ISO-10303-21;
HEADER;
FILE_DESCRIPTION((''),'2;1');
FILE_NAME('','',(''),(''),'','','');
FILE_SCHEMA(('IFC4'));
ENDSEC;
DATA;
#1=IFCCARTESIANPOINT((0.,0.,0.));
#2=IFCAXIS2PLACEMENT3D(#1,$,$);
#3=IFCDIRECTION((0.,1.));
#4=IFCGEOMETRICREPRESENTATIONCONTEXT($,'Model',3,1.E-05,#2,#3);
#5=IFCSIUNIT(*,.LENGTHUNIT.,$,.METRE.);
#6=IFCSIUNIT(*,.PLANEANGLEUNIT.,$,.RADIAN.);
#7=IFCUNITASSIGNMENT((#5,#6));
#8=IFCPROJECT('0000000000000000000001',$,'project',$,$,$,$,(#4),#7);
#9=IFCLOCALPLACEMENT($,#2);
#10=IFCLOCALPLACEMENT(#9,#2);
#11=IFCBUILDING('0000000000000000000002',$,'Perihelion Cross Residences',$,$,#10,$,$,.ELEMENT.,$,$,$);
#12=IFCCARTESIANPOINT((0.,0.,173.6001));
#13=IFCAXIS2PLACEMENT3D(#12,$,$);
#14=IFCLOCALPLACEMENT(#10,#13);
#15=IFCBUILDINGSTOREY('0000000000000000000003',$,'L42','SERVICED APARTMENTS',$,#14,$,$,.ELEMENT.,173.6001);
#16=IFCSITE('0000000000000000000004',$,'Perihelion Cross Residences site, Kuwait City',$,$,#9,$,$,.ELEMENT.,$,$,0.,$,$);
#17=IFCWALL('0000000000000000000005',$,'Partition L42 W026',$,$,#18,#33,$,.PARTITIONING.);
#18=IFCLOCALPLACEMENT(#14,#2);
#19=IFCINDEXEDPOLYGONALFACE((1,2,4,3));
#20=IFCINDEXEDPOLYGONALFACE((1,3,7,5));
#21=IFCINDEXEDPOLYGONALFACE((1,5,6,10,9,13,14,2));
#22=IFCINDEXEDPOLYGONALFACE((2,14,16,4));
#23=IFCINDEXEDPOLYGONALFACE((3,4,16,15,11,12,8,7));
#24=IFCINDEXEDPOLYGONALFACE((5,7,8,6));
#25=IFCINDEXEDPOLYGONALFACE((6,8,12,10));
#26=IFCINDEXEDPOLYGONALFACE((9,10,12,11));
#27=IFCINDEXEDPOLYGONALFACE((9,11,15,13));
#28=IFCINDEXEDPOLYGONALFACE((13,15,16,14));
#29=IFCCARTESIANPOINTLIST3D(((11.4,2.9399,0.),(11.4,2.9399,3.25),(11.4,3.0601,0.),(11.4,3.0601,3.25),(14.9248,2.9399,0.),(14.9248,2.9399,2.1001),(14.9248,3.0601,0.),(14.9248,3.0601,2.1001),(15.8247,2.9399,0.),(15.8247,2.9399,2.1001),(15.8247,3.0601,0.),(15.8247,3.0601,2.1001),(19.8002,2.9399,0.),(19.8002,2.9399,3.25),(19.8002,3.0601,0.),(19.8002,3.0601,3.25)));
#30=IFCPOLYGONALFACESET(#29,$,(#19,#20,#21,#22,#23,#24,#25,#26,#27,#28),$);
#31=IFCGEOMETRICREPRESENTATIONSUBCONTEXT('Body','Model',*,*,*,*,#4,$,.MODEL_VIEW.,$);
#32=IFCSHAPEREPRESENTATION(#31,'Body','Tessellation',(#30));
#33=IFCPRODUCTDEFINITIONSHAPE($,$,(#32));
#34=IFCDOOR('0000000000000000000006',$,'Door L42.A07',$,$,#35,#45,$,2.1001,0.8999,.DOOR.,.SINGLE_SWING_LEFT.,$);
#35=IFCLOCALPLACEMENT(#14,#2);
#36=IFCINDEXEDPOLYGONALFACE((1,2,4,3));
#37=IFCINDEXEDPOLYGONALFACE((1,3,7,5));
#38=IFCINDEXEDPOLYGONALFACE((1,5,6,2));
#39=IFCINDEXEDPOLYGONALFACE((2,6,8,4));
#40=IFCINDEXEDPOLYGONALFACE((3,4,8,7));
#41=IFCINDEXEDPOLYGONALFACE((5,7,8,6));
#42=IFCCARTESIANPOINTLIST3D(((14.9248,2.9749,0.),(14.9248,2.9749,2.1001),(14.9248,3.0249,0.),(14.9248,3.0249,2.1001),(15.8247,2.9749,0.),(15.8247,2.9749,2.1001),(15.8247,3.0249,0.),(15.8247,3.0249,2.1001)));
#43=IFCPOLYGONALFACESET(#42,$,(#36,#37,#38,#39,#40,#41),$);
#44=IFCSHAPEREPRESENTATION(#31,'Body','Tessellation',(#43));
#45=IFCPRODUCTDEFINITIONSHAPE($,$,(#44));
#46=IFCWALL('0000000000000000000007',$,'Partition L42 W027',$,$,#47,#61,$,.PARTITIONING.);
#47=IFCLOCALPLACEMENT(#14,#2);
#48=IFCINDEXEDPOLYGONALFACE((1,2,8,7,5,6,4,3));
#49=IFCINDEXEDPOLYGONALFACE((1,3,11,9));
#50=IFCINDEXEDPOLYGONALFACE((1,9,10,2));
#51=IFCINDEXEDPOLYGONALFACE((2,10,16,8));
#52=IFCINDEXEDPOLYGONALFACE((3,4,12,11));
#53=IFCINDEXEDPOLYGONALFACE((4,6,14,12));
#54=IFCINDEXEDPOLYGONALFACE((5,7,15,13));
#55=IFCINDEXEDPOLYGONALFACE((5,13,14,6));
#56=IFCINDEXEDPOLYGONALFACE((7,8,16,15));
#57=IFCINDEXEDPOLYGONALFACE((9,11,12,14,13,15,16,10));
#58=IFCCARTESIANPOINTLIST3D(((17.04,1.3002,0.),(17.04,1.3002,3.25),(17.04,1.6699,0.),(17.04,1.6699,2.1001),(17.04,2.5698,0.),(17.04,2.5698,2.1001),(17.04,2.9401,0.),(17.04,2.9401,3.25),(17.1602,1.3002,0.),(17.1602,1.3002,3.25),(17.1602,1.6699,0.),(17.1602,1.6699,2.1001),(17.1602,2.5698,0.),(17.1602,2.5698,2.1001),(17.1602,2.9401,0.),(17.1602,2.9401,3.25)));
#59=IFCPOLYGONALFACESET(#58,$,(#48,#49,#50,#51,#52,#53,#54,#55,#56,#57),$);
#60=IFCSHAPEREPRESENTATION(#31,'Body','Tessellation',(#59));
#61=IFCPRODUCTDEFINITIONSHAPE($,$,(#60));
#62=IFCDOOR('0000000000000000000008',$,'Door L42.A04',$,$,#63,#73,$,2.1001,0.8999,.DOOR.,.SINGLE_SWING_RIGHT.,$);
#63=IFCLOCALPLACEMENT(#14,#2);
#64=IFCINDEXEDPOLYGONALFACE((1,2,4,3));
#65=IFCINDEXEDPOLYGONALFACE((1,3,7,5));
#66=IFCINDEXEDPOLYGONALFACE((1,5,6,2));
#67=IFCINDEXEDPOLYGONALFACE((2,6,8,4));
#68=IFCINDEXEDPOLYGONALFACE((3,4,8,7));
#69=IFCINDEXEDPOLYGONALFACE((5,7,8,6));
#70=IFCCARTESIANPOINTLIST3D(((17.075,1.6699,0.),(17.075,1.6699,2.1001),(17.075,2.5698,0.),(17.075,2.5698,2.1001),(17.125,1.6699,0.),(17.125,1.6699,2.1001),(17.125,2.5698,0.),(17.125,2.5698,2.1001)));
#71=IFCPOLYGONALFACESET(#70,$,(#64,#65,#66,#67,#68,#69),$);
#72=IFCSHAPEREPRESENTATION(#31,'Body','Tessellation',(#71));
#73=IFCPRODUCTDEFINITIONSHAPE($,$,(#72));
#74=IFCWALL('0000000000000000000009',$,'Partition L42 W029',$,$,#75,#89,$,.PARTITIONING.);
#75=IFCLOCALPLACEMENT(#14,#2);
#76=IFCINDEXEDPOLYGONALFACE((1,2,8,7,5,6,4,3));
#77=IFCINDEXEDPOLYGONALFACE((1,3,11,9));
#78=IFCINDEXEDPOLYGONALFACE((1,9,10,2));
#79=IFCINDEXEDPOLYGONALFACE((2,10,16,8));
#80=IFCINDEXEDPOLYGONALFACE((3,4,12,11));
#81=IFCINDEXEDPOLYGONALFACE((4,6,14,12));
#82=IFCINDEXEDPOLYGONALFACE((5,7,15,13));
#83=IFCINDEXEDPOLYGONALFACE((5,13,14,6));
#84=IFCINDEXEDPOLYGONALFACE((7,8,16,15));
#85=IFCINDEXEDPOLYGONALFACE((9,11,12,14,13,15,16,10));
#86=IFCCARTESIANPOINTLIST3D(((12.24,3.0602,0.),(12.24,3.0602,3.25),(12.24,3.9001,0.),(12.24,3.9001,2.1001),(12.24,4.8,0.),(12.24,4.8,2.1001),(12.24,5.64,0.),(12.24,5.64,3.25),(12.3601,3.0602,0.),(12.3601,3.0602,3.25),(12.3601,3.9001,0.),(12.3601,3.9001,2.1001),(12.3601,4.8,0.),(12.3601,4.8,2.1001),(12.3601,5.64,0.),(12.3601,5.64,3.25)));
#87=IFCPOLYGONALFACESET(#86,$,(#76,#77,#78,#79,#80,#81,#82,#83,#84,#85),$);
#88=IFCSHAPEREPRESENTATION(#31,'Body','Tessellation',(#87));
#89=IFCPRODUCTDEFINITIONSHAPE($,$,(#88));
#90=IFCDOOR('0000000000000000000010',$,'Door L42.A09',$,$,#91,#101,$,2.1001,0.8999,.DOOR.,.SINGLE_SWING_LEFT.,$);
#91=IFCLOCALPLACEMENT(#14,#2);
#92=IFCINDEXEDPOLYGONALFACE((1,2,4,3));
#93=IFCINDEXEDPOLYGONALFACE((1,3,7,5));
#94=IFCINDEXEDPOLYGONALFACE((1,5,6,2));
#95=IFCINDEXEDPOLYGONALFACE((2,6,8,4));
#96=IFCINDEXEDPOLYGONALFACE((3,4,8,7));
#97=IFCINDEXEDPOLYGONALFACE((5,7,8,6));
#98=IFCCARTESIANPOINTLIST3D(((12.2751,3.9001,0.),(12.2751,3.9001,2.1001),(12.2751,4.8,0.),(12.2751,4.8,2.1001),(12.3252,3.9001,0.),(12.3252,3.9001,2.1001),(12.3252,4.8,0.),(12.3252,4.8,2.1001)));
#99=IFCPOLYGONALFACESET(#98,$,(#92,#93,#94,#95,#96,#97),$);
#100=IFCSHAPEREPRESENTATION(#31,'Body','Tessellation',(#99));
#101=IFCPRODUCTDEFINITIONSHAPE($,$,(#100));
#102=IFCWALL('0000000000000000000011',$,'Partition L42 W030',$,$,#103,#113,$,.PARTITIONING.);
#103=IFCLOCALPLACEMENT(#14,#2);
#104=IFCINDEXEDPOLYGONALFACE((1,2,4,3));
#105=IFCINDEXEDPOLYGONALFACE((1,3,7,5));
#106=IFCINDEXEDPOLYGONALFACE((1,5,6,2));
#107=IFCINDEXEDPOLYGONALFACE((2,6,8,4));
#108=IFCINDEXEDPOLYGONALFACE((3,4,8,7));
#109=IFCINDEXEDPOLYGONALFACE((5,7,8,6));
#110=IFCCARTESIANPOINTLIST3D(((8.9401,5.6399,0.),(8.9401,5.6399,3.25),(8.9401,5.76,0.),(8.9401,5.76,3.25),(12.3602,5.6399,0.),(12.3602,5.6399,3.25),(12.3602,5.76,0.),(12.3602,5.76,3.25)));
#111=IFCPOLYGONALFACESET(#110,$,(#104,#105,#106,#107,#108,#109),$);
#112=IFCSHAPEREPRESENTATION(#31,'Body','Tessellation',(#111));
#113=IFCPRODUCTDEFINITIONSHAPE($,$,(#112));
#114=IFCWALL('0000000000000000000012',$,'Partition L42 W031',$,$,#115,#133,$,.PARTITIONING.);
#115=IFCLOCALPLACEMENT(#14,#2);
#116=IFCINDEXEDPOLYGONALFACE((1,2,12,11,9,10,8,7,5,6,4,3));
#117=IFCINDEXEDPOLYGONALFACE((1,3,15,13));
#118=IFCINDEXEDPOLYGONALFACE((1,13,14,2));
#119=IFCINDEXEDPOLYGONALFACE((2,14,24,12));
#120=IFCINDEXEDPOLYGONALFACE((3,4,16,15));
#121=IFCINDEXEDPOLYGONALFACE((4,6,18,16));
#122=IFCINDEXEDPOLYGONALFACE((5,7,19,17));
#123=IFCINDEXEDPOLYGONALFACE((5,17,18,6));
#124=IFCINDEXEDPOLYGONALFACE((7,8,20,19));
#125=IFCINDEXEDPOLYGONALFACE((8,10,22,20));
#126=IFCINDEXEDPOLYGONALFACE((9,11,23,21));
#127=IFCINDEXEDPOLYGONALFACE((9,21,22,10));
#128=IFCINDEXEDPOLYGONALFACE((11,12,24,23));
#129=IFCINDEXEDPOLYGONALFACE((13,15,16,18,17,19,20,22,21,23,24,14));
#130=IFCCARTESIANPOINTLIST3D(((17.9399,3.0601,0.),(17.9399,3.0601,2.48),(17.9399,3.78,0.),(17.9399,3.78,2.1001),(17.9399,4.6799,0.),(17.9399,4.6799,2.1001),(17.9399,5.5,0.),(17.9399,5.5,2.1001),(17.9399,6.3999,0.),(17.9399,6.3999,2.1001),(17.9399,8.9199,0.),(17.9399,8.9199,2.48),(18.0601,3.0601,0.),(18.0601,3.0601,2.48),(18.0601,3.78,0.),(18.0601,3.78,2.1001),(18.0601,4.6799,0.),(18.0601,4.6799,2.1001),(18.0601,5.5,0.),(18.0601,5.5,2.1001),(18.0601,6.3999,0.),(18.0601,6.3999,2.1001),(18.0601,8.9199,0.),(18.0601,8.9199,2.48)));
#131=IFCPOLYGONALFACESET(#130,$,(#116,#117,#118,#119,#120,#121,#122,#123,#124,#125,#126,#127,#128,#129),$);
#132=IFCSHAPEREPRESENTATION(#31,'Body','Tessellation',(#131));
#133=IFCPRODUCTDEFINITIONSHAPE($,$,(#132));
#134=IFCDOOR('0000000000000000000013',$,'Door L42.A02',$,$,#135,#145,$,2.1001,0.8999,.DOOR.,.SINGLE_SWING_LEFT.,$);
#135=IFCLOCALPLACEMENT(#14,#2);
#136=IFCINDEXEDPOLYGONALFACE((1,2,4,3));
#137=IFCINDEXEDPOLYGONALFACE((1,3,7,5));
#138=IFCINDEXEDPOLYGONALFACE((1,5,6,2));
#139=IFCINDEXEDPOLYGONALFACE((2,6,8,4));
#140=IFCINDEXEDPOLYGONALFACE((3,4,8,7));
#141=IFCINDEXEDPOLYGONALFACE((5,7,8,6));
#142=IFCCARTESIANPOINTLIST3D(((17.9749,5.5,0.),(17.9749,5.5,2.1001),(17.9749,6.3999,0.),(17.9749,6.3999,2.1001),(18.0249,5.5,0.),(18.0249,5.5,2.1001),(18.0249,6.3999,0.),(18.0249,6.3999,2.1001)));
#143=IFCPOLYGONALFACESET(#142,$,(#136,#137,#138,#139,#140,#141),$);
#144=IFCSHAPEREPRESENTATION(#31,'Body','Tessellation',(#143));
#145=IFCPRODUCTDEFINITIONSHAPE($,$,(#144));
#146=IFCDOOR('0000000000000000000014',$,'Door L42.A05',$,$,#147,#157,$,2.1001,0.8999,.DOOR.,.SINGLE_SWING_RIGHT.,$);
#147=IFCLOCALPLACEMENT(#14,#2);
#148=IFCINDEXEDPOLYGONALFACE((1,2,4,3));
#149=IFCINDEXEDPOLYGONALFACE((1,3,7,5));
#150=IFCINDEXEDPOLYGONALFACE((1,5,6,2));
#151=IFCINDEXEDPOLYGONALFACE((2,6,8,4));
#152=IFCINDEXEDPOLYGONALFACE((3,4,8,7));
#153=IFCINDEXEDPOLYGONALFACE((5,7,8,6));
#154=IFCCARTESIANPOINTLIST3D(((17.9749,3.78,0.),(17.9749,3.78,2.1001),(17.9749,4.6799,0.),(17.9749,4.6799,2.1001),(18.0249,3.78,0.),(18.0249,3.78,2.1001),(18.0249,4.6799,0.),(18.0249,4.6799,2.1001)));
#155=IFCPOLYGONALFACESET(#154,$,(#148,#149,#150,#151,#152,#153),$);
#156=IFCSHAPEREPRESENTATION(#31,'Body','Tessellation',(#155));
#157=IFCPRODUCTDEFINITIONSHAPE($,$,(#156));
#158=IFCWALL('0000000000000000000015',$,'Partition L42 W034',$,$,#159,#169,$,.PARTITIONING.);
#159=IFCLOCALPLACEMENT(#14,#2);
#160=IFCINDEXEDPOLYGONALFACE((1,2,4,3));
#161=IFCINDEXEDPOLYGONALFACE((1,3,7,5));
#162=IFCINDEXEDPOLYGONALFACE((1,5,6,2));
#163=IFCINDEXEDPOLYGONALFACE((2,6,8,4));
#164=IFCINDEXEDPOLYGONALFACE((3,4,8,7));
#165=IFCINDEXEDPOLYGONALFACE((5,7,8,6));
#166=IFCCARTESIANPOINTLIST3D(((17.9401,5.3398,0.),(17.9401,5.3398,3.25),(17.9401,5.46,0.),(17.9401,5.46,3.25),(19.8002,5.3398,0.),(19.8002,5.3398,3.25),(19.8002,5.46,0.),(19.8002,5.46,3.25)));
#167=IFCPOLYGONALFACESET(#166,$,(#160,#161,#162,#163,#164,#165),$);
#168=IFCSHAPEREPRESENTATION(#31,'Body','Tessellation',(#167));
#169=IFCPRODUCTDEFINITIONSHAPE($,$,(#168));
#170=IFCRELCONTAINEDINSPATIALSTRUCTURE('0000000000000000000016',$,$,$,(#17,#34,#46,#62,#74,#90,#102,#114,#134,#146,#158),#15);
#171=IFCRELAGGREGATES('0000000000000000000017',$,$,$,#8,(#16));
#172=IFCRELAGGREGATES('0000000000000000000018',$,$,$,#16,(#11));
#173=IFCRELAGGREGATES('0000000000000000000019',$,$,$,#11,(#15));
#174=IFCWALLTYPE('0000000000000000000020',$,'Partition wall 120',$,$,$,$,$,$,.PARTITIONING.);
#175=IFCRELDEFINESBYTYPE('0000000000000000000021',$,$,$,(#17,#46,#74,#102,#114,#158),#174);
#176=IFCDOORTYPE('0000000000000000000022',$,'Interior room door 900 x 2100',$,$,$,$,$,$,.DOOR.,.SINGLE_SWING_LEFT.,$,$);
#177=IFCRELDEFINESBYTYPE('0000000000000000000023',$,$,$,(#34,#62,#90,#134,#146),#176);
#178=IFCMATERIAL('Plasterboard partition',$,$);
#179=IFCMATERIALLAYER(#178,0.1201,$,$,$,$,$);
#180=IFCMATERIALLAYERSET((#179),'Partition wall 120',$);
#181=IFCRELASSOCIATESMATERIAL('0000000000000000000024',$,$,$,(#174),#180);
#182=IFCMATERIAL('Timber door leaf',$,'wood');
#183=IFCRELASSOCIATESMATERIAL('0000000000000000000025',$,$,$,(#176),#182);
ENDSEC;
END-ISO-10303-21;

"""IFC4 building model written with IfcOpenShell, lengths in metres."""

from ifc_helpers import new_model, si_unit, direction, frame, frame_2d, origin, place, context, subcontext, project, spatial, rectangle, extrude, material, layer, layer_set, type_object, element, fill, save


model = new_model("IFC4")

# Units and contexts
model_context = context("Model", 3, precision=1e-05, world=origin(), true_north=direction((0.0, 1.0)))
body_context = subcontext(model_context, "Body", "Model", "MODEL_VIEW")
ifc_project = project(units=[si_unit("LENGTHUNIT", "METRE"), si_unit("PLANEANGLEUNIT", "RADIAN")], contexts=[model_context])

# Site, building, storey
site_placement = place(None, origin())
site = spatial("IfcSite", under=ifc_project, at=site_placement, Name="Perihelion Cross Residences site, Kuwait City", CompositionType="ELEMENT", RefElevation=0.0)
building_placement = place(site_placement, origin())
building = spatial("IfcBuilding", under=site, at=building_placement, Name="Perihelion Cross Residences", CompositionType="ELEMENT")
storey_placement = place(building_placement, frame((0.0, 0.0, 173.6001)))
storey = spatial("IfcBuildingStorey", under=building, at=storey_placement, Name="L42", Description="SERVICED APARTMENTS", CompositionType="ELEMENT", Elevation=173.6001)

# Walls, openings, doors
ifc_material_1 = material(Name="Plasterboard partition")
ifc_layer_1 = layer(ifc_material_1, 0.1201)
ifc_layer_set_1 = layer_set([ifc_layer_1], Name="Partition wall 120")
wall_type_1 = type_object("IfcWallType", Name="Partition wall 120", PredefinedType="PARTITIONING", material=ifc_layer_set_1)
ifc_material_2 = material(Name="Timber door leaf", Category="wood")
door_type_1 = type_object("IfcDoorType", Name="Interior room door 900 x 2100", OperationType="SINGLE_SWING_LEFT", PredefinedType="DOOR", material=ifc_material_2)
wall_1_placement = place(storey_placement, frame((11.3999, 3.0, 0.0), z_axis=(0.0, 0.0, 1.0), x_axis=(1.0, 0.0, 0.0)))
wall_1 = element("IfcWall", 1, at=wall_1_placement, inside=storey, type_object=wall_type_1, Name="Partition L42 W026", PredefinedType="PARTITIONING", context=body_context, shape_type="SweptSolid", body=[
    extrude(rectangle(XDim=8.4001, YDim=0.1201, at=frame_2d((4.2002, 0.0))), origin(), (0.0, 0.0, 1.0), 3.25),
])
opening_1_placement = place(wall_1_placement, frame((3.5249, 0.0, 0.0)))
opening_1 = element("IfcOpeningElement", 2, at=opening_1_placement, cuts=wall_1, PredefinedType="OPENING", context=body_context, shape_type="SweptSolid", body=[
    extrude(rectangle(XDim=0.8999, YDim=2.1001, at=frame_2d((0.45, 1.05))), frame((0.0, 0.0701, 0.0), z_axis=(0.0, -1.0, 0.0), x_axis=(1.0, 0.0, 0.0)), (0.0, 0.0, 1.0), 0.1401),
])
door_1_placement = place(opening_1_placement, origin())
door_1 = element("IfcDoor", 3, at=door_1_placement, inside=storey, type_object=door_type_1, Name="Door L42.A07", OperationType="SINGLE_SWING_LEFT", OverallHeight=2.1001, OverallWidth=0.8999, PredefinedType="DOOR", context=body_context, shape_type="SweptSolid", body=[
    extrude(rectangle(XDim=0.8999, YDim=2.1001, at=frame_2d((0.45, 1.05))), frame((0.0, 0.0249, 0.0), z_axis=(0.0, -1.0, 0.0), x_axis=(1.0, 0.0, 0.0)), (0.0, 0.0, 1.0), 0.05),
])
fill(opening_1, door_1)
wall_2_placement = place(storey_placement, frame((17.1001, 2.9399, 0.0), z_axis=(0.0, 0.0, 1.0), x_axis=(0.0, -1.0, 0.0)))
wall_2 = element("IfcWall", 4, at=wall_2_placement, inside=storey, type_object=wall_type_1, Name="Partition L42 W027", PredefinedType="PARTITIONING", context=body_context, shape_type="SweptSolid", body=[
    extrude(rectangle(XDim=1.6399, YDim=0.1201, at=frame_2d((0.8198, 0.0))), origin(), (0.0, 0.0, 1.0), 3.25),
])
opening_2_placement = place(wall_2_placement, frame((0.3701, 0.0, 0.0)))
opening_2 = element("IfcOpeningElement", 5, at=opening_2_placement, cuts=wall_2, PredefinedType="OPENING", context=body_context, shape_type="SweptSolid", body=[
    extrude(rectangle(XDim=0.8999, YDim=2.1001, at=frame_2d((0.45, 1.05))), frame((0.0, 0.0701, 0.0), z_axis=(0.0, -1.0, 0.0), x_axis=(1.0, 0.0, 0.0)), (0.0, 0.0, 1.0), 0.1401),
])
door_2_placement = place(opening_2_placement, origin())
door_2 = element("IfcDoor", 6, at=door_2_placement, inside=storey, type_object=door_type_1, Name="Door L42.A04", OperationType="SINGLE_SWING_RIGHT", OverallHeight=2.1001, OverallWidth=0.8999, PredefinedType="DOOR", context=body_context, shape_type="SweptSolid", body=[
    extrude(rectangle(XDim=0.8999, YDim=2.1001, at=frame_2d((0.45, 1.05))), frame((0.0, 0.0249, 0.0), z_axis=(0.0, -1.0, 0.0), x_axis=(1.0, 0.0, 0.0)), (0.0, 0.0, 1.0), 0.05),
])
fill(opening_2, door_2)
wall_3_placement = place(storey_placement, frame((12.3, 3.0601, 0.0), z_axis=(0.0, 0.0, 1.0), x_axis=(0.0, 1.0, 0.0)))
wall_3 = element("IfcWall", 7, at=wall_3_placement, inside=storey, type_object=wall_type_1, Name="Partition L42 W029", PredefinedType="PARTITIONING", context=body_context, shape_type="SweptSolid", body=[
    extrude(rectangle(XDim=2.5798, YDim=0.1201, at=frame_2d((1.29, 0.0))), origin(), (0.0, 0.0, 1.0), 3.25),
])
opening_3_placement = place(wall_3_placement, frame((0.8401, 0.0, 0.0)))
opening_3 = element("IfcOpeningElement", 8, at=opening_3_placement, cuts=wall_3, PredefinedType="OPENING", context=body_context, shape_type="SweptSolid", body=[
    extrude(rectangle(XDim=0.8999, YDim=2.1001, at=frame_2d((0.45, 1.05))), frame((0.0, 0.0701, 0.0), z_axis=(0.0, -1.0, 0.0), x_axis=(1.0, 0.0, 0.0)), (0.0, 0.0, 1.0), 0.1401),
])
door_3_placement = place(opening_3_placement, origin())
door_3 = element("IfcDoor", 9, at=door_3_placement, inside=storey, type_object=door_type_1, Name="Door L42.A09", OperationType="SINGLE_SWING_LEFT", OverallHeight=2.1001, OverallWidth=0.8999, PredefinedType="DOOR", context=body_context, shape_type="SweptSolid", body=[
    extrude(rectangle(XDim=0.8999, YDim=2.1001, at=frame_2d((0.45, 1.05))), frame((0.0, 0.0249, 0.0), z_axis=(0.0, -1.0, 0.0), x_axis=(1.0, 0.0, 0.0)), (0.0, 0.0, 1.0), 0.05),
])
fill(opening_3, door_3)

# Wall
wall_4_placement = place(storey_placement, frame((12.3601, 5.7, 0.0), z_axis=(0.0, 0.0, 1.0), x_axis=(-1.0, 0.0, 0.0)))
element("IfcWall", 10, at=wall_4_placement, inside=storey, type_object=wall_type_1, Name="Partition L42 W030", PredefinedType="PARTITIONING", context=body_context, shape_type="SweptSolid", body=[
    extrude(rectangle(XDim=3.4202, YDim=0.1201, at=frame_2d((1.71, 0.0))), origin(), (0.0, 0.0, 1.0), 3.25),
])

# Wall, openings, doors
wall_5_placement = place(storey_placement, frame((18.0, 8.9199, 0.0), z_axis=(0.0, 0.0, 1.0), x_axis=(0.0, -1.0, 0.0)))
wall_5 = element("IfcWall", 11, at=wall_5_placement, inside=storey, type_object=wall_type_1, Name="Partition L42 W031", PredefinedType="PARTITIONING", context=body_context, shape_type="SweptSolid", body=[
    extrude(rectangle(XDim=5.8599, YDim=0.1201, at=frame_2d((2.9299, 0.0))), origin(), (0.0, 0.0, 1.0), 2.48),
])
opening_4_placement = place(wall_5_placement, frame((2.52, 0.0, 0.0)))
opening_4 = element("IfcOpeningElement", 12, at=opening_4_placement, cuts=wall_5, PredefinedType="OPENING", context=body_context, shape_type="SweptSolid", body=[
    extrude(rectangle(XDim=0.8999, YDim=2.1001, at=frame_2d((0.45, 1.05))), frame((0.0, 0.0701, 0.0), z_axis=(0.0, -1.0, 0.0), x_axis=(1.0, 0.0, 0.0)), (0.0, 0.0, 1.0), 0.1401),
])
opening_5_placement = place(wall_5_placement, frame((4.24, 0.0, 0.0)))
opening_5 = element("IfcOpeningElement", 13, at=opening_5_placement, cuts=wall_5, PredefinedType="OPENING", context=body_context, shape_type="SweptSolid", body=[
    extrude(rectangle(XDim=0.8999, YDim=2.1001, at=frame_2d((0.45, 1.05))), frame((0.0, 0.0701, 0.0), z_axis=(0.0, -1.0, 0.0), x_axis=(1.0, 0.0, 0.0)), (0.0, 0.0, 1.0), 0.1401),
])
door_4_placement = place(opening_4_placement, origin())
door_4 = element("IfcDoor", 14, at=door_4_placement, inside=storey, type_object=door_type_1, Name="Door L42.A02", OperationType="SINGLE_SWING_LEFT", OverallHeight=2.1001, OverallWidth=0.8999, PredefinedType="DOOR", context=body_context, shape_type="SweptSolid", body=[
    extrude(rectangle(XDim=0.8999, YDim=2.1001, at=frame_2d((0.45, 1.05))), frame((0.0, 0.0249, 0.0), z_axis=(0.0, -1.0, 0.0), x_axis=(1.0, 0.0, 0.0)), (0.0, 0.0, 1.0), 0.05),
])
fill(opening_4, door_4)
door_5_placement = place(opening_5_placement, origin())
door_5 = element("IfcDoor", 15, at=door_5_placement, inside=storey, type_object=door_type_1, Name="Door L42.A05", OperationType="SINGLE_SWING_RIGHT", OverallHeight=2.1001, OverallWidth=0.8999, PredefinedType="DOOR", context=body_context, shape_type="SweptSolid", body=[
    extrude(rectangle(XDim=0.8999, YDim=2.1001, at=frame_2d((0.45, 1.05))), frame((0.0, 0.0249, 0.0), z_axis=(0.0, -1.0, 0.0), x_axis=(1.0, 0.0, 0.0)), (0.0, 0.0, 1.0), 0.05),
])
fill(opening_5, door_5)

# Wall
wall_6_placement = place(storey_placement, frame((17.9399, 5.3999, 0.0), z_axis=(0.0, 0.0, 1.0), x_axis=(1.0, 0.0, 0.0)))
element("IfcWall", 16, at=wall_6_placement, inside=storey, type_object=wall_type_1, Name="Partition L42 W034", PredefinedType="PARTITIONING", context=body_context, shape_type="SweptSolid", body=[
    extrude(rectangle(XDim=1.8601, YDim=0.1201, at=frame_2d((0.9302, 0.0))), origin(), (0.0, 0.0, 1.0), 3.25),
])

save(model, "model.ifc")
